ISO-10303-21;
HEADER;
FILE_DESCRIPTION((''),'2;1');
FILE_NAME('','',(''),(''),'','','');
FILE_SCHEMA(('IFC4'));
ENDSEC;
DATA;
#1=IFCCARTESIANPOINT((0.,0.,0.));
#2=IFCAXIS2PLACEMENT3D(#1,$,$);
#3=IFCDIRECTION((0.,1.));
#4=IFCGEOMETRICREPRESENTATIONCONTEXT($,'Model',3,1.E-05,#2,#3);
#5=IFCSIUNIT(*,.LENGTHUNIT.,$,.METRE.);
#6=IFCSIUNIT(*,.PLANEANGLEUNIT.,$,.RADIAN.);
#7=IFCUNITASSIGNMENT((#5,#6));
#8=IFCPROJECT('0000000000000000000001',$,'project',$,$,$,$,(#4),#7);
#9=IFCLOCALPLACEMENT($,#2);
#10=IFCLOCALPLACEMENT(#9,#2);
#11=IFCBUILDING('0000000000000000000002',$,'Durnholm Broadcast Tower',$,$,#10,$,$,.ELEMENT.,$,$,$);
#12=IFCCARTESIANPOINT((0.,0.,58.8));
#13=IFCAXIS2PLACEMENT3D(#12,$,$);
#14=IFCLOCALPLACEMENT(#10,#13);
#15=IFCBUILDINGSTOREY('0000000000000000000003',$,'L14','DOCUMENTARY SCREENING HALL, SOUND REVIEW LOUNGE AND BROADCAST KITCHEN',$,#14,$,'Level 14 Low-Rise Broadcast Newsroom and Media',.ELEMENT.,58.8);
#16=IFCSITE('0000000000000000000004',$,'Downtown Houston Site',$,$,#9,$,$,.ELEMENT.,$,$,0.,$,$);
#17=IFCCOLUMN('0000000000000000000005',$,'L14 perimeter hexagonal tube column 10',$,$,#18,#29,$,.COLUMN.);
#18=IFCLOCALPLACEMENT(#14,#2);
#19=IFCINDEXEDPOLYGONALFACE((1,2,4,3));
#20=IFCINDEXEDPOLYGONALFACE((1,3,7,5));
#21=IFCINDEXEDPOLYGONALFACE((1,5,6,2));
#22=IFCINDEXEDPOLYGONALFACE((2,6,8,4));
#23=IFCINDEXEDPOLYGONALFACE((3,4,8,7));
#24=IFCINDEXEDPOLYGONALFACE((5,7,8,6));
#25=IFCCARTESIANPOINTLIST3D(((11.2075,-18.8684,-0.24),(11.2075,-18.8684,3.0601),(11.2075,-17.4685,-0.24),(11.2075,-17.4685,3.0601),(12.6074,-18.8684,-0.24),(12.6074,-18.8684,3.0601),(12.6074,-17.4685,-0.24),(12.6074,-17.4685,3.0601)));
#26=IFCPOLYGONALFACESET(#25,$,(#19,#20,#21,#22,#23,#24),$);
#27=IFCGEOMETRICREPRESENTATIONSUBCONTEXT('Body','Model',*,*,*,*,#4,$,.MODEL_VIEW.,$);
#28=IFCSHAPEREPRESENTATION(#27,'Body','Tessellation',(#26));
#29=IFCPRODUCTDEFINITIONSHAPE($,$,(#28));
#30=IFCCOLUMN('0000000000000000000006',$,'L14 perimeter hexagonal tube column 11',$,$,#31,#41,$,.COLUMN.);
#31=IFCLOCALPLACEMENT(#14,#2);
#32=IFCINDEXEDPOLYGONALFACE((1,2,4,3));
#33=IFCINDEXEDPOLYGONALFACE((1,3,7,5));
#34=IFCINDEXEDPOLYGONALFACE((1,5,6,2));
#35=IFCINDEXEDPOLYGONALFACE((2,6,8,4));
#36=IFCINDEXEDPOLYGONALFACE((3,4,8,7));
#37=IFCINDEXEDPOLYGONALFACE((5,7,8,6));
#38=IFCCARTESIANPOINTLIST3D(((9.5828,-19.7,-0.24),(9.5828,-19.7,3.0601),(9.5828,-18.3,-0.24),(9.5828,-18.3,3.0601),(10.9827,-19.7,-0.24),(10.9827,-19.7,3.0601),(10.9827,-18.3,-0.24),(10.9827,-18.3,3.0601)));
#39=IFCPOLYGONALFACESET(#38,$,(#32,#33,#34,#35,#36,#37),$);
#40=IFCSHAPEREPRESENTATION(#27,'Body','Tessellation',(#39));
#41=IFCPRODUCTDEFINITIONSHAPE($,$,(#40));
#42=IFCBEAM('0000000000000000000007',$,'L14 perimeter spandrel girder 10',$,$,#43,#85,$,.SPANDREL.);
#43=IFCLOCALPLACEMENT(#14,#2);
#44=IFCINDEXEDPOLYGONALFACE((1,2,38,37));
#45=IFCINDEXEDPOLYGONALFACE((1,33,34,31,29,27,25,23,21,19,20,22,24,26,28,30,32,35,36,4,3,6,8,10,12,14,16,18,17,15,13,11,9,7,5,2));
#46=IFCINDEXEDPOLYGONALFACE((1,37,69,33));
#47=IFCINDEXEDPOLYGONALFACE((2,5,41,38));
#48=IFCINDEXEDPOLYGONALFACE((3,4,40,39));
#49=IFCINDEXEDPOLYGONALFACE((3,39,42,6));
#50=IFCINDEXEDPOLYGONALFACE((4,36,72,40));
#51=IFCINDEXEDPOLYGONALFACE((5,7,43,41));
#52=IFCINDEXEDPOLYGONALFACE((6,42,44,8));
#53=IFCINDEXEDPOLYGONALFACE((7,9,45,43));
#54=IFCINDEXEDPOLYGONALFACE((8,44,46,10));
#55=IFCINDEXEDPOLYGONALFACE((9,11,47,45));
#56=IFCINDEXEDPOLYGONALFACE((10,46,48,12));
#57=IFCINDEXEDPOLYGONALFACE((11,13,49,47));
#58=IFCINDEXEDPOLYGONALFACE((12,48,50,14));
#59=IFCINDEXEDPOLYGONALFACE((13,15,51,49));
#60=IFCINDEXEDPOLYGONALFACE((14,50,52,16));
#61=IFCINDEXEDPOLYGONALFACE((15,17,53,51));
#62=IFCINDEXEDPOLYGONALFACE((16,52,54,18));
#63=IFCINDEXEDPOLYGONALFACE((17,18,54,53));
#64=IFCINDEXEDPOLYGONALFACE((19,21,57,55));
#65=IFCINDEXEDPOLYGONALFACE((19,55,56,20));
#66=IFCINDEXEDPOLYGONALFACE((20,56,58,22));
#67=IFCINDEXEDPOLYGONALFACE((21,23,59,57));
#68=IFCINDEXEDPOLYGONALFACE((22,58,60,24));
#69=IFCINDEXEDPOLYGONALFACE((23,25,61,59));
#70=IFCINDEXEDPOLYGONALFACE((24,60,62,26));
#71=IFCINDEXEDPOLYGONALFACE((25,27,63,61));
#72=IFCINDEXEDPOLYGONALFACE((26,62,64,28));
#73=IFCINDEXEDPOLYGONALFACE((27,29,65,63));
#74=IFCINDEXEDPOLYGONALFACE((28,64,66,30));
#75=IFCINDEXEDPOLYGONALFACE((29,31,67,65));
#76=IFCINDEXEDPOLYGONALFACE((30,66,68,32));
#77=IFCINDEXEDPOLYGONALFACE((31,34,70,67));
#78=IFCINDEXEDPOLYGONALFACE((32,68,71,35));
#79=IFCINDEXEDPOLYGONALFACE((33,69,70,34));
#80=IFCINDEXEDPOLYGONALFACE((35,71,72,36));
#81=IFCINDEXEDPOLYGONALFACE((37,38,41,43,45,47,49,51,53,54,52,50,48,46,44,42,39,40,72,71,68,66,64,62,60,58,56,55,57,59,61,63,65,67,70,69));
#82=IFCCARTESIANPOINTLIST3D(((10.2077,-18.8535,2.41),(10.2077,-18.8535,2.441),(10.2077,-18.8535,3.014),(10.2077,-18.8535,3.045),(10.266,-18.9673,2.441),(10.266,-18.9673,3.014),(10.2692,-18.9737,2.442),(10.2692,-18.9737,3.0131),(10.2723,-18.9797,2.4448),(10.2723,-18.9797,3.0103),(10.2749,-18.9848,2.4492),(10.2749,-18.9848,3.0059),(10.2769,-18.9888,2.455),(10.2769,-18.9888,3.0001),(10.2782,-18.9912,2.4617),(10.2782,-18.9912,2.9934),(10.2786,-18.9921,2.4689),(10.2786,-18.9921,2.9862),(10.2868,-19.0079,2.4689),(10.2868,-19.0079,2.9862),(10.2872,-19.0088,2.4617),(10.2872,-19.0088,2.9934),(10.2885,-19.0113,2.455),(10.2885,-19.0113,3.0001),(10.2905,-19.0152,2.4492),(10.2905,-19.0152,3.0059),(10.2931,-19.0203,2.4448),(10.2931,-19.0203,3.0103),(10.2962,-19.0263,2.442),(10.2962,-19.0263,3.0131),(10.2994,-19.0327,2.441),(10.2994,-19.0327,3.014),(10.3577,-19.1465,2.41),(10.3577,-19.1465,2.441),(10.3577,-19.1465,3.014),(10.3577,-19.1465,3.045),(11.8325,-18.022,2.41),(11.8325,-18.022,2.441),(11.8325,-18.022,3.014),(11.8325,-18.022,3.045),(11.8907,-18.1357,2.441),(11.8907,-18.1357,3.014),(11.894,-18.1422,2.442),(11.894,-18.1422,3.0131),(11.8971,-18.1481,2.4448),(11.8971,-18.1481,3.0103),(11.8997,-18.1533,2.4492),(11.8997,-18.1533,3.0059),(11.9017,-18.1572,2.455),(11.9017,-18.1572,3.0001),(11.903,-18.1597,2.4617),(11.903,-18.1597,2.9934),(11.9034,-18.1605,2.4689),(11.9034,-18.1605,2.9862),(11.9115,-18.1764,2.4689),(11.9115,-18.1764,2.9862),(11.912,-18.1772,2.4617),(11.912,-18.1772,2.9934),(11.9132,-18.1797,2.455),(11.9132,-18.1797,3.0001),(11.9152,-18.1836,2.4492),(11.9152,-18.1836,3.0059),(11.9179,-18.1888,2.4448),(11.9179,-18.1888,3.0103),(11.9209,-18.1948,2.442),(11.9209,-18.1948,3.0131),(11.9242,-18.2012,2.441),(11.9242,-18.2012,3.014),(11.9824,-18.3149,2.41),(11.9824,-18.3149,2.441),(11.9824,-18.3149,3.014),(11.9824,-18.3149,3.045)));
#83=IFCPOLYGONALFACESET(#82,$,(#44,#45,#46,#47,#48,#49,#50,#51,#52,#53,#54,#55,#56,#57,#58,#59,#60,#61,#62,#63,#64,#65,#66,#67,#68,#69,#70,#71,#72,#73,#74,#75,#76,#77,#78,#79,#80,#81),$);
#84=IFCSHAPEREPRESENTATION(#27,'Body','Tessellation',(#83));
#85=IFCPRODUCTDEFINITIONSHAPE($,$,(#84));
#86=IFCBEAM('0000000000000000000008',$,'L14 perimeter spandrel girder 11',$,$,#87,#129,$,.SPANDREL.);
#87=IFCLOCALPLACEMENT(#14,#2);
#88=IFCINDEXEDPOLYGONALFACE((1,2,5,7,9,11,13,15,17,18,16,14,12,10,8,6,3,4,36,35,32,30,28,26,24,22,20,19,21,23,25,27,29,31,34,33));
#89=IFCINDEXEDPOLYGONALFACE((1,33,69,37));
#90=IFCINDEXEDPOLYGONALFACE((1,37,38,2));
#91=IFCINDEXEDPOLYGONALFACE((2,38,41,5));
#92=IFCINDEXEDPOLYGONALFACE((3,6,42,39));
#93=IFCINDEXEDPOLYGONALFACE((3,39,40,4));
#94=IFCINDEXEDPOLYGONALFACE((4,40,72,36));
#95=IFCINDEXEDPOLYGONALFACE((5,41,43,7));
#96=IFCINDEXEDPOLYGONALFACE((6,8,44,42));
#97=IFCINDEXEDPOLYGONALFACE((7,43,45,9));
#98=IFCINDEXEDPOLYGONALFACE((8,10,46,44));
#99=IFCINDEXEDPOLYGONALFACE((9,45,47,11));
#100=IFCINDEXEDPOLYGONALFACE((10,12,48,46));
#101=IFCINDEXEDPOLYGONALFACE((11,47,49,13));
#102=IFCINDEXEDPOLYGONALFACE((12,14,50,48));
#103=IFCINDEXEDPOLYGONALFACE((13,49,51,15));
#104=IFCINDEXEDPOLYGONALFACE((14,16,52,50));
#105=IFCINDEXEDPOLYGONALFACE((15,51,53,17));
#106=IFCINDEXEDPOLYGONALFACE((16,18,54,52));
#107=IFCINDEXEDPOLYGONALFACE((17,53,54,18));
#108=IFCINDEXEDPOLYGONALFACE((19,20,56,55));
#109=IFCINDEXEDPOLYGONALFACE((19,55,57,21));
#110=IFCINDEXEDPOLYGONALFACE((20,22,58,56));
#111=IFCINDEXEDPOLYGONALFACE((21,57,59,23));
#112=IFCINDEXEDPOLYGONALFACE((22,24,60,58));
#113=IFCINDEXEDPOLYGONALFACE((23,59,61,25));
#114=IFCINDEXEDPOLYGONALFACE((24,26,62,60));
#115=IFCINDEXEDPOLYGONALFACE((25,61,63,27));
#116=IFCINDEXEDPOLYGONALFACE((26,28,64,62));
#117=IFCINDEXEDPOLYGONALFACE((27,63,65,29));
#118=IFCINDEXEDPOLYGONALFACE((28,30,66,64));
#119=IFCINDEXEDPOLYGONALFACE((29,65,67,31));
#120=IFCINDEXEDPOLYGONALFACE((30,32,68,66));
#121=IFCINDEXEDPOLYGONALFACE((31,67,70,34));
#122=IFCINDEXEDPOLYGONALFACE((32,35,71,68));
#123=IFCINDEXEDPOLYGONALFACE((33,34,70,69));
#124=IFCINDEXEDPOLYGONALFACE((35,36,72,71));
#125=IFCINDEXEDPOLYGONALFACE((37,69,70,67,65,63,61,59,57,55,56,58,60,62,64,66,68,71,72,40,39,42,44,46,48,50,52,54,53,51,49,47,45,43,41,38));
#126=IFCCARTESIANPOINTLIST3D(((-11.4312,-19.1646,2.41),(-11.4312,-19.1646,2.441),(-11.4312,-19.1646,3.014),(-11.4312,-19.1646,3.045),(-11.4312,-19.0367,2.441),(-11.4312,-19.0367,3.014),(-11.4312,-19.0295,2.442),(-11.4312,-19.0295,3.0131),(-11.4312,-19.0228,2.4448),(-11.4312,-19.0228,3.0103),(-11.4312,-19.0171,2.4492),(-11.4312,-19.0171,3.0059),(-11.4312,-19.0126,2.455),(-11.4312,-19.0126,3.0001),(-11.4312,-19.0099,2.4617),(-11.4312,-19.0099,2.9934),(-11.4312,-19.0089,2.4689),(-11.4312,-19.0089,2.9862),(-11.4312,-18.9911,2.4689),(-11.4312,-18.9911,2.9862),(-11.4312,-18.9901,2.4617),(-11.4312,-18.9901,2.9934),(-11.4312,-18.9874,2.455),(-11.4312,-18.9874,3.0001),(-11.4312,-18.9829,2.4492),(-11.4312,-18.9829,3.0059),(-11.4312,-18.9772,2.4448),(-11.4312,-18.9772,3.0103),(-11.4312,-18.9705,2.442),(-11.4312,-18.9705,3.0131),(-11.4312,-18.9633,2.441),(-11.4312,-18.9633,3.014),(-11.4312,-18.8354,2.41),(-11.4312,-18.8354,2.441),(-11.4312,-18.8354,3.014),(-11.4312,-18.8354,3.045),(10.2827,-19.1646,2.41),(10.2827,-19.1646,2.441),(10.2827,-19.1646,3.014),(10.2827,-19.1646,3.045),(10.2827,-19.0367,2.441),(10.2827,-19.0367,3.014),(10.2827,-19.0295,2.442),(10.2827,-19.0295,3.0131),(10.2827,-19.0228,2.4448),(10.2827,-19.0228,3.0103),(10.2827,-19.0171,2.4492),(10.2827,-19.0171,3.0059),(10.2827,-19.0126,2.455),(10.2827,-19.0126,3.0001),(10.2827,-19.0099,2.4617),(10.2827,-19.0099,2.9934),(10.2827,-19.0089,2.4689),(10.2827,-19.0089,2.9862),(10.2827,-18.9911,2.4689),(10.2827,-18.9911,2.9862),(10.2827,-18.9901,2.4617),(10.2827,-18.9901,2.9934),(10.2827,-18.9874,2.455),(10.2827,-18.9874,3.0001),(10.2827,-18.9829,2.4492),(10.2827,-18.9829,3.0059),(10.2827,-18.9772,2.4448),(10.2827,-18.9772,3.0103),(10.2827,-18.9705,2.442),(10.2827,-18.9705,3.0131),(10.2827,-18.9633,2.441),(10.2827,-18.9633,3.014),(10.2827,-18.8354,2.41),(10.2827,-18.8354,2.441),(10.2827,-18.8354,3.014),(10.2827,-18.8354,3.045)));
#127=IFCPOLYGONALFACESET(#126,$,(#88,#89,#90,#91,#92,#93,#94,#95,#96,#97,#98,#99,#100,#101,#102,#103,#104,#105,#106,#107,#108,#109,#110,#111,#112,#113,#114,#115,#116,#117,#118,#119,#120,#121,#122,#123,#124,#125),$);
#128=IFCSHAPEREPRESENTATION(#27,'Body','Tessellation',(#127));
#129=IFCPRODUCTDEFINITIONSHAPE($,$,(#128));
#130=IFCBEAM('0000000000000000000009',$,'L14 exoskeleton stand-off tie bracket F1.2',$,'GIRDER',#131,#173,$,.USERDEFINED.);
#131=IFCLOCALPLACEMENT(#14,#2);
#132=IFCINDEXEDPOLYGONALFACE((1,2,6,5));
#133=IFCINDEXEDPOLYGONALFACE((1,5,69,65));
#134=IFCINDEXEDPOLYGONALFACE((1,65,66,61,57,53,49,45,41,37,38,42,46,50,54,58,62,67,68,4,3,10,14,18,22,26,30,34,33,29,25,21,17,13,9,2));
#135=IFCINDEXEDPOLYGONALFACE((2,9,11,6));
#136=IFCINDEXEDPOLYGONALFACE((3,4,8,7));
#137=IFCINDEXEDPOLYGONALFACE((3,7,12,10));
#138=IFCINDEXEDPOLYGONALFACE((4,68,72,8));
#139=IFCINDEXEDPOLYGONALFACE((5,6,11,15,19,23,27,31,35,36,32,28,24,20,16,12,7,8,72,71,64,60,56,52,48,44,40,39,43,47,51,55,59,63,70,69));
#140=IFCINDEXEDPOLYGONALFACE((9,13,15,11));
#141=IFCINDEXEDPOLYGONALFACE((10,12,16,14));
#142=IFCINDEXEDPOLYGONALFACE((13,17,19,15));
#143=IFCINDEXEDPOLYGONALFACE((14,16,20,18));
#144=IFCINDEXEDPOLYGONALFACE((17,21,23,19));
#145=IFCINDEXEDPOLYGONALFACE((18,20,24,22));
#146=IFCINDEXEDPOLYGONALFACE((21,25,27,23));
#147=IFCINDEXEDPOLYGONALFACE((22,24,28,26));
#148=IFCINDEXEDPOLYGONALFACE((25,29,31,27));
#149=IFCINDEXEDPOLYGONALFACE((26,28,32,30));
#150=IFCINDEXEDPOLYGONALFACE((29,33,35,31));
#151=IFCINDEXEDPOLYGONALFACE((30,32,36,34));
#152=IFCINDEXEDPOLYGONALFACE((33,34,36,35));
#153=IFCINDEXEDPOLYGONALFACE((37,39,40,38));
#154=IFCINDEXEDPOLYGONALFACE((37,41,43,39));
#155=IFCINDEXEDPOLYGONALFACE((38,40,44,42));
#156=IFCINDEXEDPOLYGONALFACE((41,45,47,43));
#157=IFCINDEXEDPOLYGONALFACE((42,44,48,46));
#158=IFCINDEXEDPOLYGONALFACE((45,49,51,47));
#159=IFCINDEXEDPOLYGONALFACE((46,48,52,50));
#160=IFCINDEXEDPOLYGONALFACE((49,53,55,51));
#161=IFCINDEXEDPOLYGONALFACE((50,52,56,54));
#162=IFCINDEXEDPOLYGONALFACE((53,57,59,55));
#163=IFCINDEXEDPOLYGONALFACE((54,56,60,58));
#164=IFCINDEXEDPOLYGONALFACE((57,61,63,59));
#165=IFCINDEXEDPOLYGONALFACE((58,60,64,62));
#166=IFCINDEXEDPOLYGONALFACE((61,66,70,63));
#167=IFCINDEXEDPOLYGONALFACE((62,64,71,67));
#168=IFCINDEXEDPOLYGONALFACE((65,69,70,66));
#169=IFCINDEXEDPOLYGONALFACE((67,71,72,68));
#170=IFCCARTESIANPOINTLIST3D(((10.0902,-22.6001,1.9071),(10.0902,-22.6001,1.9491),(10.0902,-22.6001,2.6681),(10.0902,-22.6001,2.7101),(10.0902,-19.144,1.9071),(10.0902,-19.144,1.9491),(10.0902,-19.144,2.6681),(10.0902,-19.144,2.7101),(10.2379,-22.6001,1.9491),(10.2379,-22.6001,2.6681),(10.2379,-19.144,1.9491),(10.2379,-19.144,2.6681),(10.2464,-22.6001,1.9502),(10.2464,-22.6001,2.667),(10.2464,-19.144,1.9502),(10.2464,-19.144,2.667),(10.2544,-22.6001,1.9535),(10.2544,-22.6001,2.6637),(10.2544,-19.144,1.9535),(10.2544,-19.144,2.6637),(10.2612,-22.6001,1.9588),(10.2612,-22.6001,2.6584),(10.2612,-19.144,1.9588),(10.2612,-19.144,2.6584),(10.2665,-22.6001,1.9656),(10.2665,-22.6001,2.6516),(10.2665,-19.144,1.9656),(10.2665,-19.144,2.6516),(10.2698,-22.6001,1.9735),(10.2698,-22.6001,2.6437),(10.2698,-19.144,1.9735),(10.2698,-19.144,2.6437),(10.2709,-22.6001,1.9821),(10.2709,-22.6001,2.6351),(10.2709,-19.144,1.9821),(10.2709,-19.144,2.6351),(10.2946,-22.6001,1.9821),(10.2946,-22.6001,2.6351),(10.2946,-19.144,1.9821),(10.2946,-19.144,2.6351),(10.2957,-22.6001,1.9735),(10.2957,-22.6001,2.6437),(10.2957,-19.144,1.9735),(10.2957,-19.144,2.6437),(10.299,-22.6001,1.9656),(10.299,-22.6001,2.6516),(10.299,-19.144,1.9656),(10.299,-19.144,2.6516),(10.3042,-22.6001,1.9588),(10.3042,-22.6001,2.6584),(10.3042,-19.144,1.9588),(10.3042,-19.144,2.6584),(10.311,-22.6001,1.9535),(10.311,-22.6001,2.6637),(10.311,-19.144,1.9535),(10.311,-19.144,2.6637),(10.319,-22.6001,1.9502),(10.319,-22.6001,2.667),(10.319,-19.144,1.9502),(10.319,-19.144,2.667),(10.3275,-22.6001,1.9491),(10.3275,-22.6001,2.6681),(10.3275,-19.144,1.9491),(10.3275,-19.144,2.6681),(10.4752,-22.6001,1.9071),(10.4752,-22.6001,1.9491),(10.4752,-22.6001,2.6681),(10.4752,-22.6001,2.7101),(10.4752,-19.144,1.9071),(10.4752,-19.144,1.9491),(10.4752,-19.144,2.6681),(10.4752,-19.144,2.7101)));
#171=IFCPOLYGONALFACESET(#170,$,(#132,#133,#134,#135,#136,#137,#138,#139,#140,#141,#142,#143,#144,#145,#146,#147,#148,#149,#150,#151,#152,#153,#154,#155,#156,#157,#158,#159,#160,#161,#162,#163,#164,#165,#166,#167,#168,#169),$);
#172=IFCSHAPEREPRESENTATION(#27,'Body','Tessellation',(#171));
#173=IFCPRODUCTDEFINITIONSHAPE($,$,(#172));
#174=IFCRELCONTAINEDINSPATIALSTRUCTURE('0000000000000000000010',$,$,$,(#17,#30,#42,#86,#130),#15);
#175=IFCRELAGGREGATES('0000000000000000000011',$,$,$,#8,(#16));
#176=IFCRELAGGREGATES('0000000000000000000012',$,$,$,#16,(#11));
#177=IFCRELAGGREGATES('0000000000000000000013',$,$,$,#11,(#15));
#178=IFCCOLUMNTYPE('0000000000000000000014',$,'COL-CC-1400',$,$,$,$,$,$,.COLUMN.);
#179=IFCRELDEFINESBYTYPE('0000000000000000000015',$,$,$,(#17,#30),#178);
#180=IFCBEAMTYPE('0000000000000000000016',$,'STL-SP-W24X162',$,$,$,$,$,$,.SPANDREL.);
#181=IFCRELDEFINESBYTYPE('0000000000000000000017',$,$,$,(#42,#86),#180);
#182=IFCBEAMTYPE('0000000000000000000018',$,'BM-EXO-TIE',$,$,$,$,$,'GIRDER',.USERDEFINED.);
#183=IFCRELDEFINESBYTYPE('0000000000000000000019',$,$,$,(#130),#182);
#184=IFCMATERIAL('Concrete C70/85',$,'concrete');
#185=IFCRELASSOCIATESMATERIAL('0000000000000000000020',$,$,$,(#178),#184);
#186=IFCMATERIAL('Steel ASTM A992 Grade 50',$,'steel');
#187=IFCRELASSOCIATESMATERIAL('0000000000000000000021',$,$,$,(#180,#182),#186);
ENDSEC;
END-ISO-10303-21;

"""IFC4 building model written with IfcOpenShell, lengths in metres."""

from ifc_helpers import new_model, si_unit, direction, frame, origin, origin_2d, place, context, subcontext, project, spatial, rectangle, i_section, extrude, source, transform, mapped, material, material_profile, profile_set, type_object, type_shapes, element, save


model = new_model("IFC4")

# Units and contexts
model_context = context("Model", 3, precision=1e-05, world=origin(), true_north=direction((0.0, 1.0)))
body_context = subcontext(model_context, "Body", "Model", "MODEL_VIEW")
ifc_project = project(units=[si_unit("LENGTHUNIT", "METRE"), si_unit("PLANEANGLEUNIT", "RADIAN")], contexts=[model_context])

# Site, building, storey
site_placement = place(None, origin())
site = spatial("IfcSite", under=ifc_project, at=site_placement, Name="Downtown Houston Site", CompositionType="ELEMENT", RefElevation=0.0)
building_placement = place(site_placement, origin())
building = spatial("IfcBuilding", under=site, at=building_placement, Name="Durnholm Broadcast Tower", CompositionType="ELEMENT")
storey_placement = place(building_placement, frame((0.0, 0.0, 58.8)))
storey = spatial("IfcBuildingStorey", under=building, at=storey_placement, Name="L14", Description="DOCUMENTARY SCREENING HALL, SOUND REVIEW LOUNGE AND BROADCAST KITCHEN", LongName="Level 14 Low-Rise Broadcast Newsroom and Media", CompositionType="ELEMENT", Elevation=58.8)

# Columns
ifc_material_1 = material(Name="Concrete C70/85", Category="concrete")
ifc_material_profile_1 = material_profile(ifc_material_1, rectangle(XDim=1.3999, YDim=1.3999, at=origin_2d()), Name="RC1400X1400")
ifc_profile_set_1 = profile_set([ifc_material_profile_1], Name="Concrete C70/85")
column_type = type_object("IfcColumnType", Name="COL-CC-1400", PredefinedType="COLUMN", material=ifc_profile_set_1)
shared_shape_1 = source(origin(), body_context, "Body", "SweptSolid", [
    extrude(rectangle(XDim=1.3999, YDim=1.3999, at=origin_2d()), origin(), (0.0, 0.0, 1.0), 3.3),
])
type_shapes(column_type, [shared_shape_1])
for number, where, z_axis, x_axis, name in (
    (1, (11.9075, -18.1685, -0.24), (0.0, 0.0, 1.0), (1.0, 0.0, 0.0), "L14 perimeter hexagonal tube column 10"),
    (2, (10.2827, -19.0, -0.24), (0.0, 0.0, 1.0), (1.0, 0.0, 0.0), "L14 perimeter hexagonal tube column 11"),
):
    element("IfcColumn", number, at=place(storey_placement, frame(where, z_axis=z_axis, x_axis=x_axis)), inside=storey, type_object=column_type, Name=name, PredefinedType="COLUMN", context=body_context, shape_type="MappedRepresentation", body=[
        mapped(shared_shape_1, transform((0.0, 0.0, 0.0), x_axis=(1.0, 0.0, 0.0), y_axis=(0.0, 1.0, 0.0), z_axis=(0.0, 0.0, 1.0), scale=1.0)),
    ])

# Beams
ifc_material_2 = material(Name="Steel ASTM A992 Grade 50", Category="steel")
ifc_material_profile_2 = material_profile(ifc_material_2, i_section(OverallWidth=0.3291, OverallDepth=0.635, WebThickness=0.0178, FlangeThickness=0.031, FilletRadius=0.0278, at=origin_2d()), Name="W24X162")
ifc_profile_set_2 = profile_set([ifc_material_profile_2], Name="Steel ASTM A992 Grade 50")
beam_type_1 = type_object("IfcBeamType", Name="STL-SP-W24X162", PredefinedType="SPANDREL", material=ifc_profile_set_2)
shared_shape_2 = source(origin(), body_context, "Body", "SweptSolid", [
    extrude(i_section(OverallWidth=0.3291, OverallDepth=0.635, WebThickness=0.0178, FlangeThickness=0.031, FilletRadius=0.0278, at=origin_2d()), origin(), (0.0, 0.0, 1.0), 1.8252),
])
beam_1_placement = place(storey_placement, frame((11.9075, -18.1685, 2.7275), z_axis=(-0.890188, -0.455594, 0.0), x_axis=(0.455594, -0.890188, 0.0)))
element("IfcBeam", 3, at=beam_1_placement, inside=storey, type_object=beam_type_1, Name="L14 perimeter spandrel girder 10", PredefinedType="SPANDREL", context=body_context, shape_type="MappedRepresentation", body=[
    mapped(shared_shape_2, transform((0.0, 0.0, 0.0), x_axis=(1.0, 0.0, 0.0), y_axis=(0.0, 1.0, 0.0), z_axis=(0.0, 0.0, 1.0), scale=1.0)),
])
shared_shape_3 = source(origin(), body_context, "Body", "SweptSolid", [
    extrude(i_section(OverallWidth=0.3291, OverallDepth=0.635, WebThickness=0.0178, FlangeThickness=0.031, FilletRadius=0.0278, at=origin_2d()), origin(), (0.0, 0.0, 1.0), 21.7139),
])
type_shapes(beam_type_1, [shared_shape_2, shared_shape_3])
beam_2_placement = place(storey_placement, frame((10.2827, -19.0, 2.7275), z_axis=(-1.0, 0.0, 0.0), x_axis=(0.0, -1.0, 0.0)))
element("IfcBeam", 4, at=beam_2_placement, inside=storey, type_object=beam_type_1, Name="L14 perimeter spandrel girder 11", PredefinedType="SPANDREL", context=body_context, shape_type="MappedRepresentation", body=[
    mapped(shared_shape_3, transform((0.0, 0.0, 0.0), x_axis=(1.0, 0.0, 0.0), y_axis=(0.0, 1.0, 0.0), z_axis=(0.0, 0.0, 1.0), scale=1.0)),
])
ifc_material_profile_3 = material_profile(ifc_material_2, i_section(OverallWidth=0.385, OverallDepth=0.803, WebThickness=0.0237, FlangeThickness=0.042, FilletRadius=0.033, at=origin_2d()), Name="W30X261")
ifc_profile_set_3 = profile_set([ifc_material_profile_3], Name="Steel ASTM A992 Grade 50")
beam_type_2 = type_object("IfcBeamType", Name="BM-EXO-TIE", ElementType="GIRDER", PredefinedType="USERDEFINED", material=ifc_profile_set_3)
shared_shape_4 = source(origin(), body_context, "Body", "SweptSolid", [
    extrude(i_section(OverallWidth=0.385, OverallDepth=0.803, WebThickness=0.0237, FlangeThickness=0.042, FilletRadius=0.033, at=origin_2d()), origin(), (0.0, 0.0, 1.0), 3.4561),
])
type_shapes(beam_type_2, [shared_shape_4])
for number, where, z_axis, x_axis, name in (
    (5, (10.2827, -19.144, 2.3086), (0.0, -1.0, 0.0), (1.0, 0.0, 0.0), "L14 exoskeleton stand-off tie bracket F1.2"),
):
    element("IfcBeam", number, at=place(storey_placement, frame(where, z_axis=z_axis, x_axis=x_axis)), inside=storey, type_object=beam_type_2, Name=name, ObjectType="GIRDER", PredefinedType="USERDEFINED", context=body_context, shape_type="MappedRepresentation", body=[
        mapped(shared_shape_4, transform((0.0, 0.0, 0.0), x_axis=(1.0, 0.0, 0.0), y_axis=(0.0, 1.0, 0.0), z_axis=(0.0, 0.0, 1.0), scale=1.0)),
    ])

save(model, "model.ifc")
